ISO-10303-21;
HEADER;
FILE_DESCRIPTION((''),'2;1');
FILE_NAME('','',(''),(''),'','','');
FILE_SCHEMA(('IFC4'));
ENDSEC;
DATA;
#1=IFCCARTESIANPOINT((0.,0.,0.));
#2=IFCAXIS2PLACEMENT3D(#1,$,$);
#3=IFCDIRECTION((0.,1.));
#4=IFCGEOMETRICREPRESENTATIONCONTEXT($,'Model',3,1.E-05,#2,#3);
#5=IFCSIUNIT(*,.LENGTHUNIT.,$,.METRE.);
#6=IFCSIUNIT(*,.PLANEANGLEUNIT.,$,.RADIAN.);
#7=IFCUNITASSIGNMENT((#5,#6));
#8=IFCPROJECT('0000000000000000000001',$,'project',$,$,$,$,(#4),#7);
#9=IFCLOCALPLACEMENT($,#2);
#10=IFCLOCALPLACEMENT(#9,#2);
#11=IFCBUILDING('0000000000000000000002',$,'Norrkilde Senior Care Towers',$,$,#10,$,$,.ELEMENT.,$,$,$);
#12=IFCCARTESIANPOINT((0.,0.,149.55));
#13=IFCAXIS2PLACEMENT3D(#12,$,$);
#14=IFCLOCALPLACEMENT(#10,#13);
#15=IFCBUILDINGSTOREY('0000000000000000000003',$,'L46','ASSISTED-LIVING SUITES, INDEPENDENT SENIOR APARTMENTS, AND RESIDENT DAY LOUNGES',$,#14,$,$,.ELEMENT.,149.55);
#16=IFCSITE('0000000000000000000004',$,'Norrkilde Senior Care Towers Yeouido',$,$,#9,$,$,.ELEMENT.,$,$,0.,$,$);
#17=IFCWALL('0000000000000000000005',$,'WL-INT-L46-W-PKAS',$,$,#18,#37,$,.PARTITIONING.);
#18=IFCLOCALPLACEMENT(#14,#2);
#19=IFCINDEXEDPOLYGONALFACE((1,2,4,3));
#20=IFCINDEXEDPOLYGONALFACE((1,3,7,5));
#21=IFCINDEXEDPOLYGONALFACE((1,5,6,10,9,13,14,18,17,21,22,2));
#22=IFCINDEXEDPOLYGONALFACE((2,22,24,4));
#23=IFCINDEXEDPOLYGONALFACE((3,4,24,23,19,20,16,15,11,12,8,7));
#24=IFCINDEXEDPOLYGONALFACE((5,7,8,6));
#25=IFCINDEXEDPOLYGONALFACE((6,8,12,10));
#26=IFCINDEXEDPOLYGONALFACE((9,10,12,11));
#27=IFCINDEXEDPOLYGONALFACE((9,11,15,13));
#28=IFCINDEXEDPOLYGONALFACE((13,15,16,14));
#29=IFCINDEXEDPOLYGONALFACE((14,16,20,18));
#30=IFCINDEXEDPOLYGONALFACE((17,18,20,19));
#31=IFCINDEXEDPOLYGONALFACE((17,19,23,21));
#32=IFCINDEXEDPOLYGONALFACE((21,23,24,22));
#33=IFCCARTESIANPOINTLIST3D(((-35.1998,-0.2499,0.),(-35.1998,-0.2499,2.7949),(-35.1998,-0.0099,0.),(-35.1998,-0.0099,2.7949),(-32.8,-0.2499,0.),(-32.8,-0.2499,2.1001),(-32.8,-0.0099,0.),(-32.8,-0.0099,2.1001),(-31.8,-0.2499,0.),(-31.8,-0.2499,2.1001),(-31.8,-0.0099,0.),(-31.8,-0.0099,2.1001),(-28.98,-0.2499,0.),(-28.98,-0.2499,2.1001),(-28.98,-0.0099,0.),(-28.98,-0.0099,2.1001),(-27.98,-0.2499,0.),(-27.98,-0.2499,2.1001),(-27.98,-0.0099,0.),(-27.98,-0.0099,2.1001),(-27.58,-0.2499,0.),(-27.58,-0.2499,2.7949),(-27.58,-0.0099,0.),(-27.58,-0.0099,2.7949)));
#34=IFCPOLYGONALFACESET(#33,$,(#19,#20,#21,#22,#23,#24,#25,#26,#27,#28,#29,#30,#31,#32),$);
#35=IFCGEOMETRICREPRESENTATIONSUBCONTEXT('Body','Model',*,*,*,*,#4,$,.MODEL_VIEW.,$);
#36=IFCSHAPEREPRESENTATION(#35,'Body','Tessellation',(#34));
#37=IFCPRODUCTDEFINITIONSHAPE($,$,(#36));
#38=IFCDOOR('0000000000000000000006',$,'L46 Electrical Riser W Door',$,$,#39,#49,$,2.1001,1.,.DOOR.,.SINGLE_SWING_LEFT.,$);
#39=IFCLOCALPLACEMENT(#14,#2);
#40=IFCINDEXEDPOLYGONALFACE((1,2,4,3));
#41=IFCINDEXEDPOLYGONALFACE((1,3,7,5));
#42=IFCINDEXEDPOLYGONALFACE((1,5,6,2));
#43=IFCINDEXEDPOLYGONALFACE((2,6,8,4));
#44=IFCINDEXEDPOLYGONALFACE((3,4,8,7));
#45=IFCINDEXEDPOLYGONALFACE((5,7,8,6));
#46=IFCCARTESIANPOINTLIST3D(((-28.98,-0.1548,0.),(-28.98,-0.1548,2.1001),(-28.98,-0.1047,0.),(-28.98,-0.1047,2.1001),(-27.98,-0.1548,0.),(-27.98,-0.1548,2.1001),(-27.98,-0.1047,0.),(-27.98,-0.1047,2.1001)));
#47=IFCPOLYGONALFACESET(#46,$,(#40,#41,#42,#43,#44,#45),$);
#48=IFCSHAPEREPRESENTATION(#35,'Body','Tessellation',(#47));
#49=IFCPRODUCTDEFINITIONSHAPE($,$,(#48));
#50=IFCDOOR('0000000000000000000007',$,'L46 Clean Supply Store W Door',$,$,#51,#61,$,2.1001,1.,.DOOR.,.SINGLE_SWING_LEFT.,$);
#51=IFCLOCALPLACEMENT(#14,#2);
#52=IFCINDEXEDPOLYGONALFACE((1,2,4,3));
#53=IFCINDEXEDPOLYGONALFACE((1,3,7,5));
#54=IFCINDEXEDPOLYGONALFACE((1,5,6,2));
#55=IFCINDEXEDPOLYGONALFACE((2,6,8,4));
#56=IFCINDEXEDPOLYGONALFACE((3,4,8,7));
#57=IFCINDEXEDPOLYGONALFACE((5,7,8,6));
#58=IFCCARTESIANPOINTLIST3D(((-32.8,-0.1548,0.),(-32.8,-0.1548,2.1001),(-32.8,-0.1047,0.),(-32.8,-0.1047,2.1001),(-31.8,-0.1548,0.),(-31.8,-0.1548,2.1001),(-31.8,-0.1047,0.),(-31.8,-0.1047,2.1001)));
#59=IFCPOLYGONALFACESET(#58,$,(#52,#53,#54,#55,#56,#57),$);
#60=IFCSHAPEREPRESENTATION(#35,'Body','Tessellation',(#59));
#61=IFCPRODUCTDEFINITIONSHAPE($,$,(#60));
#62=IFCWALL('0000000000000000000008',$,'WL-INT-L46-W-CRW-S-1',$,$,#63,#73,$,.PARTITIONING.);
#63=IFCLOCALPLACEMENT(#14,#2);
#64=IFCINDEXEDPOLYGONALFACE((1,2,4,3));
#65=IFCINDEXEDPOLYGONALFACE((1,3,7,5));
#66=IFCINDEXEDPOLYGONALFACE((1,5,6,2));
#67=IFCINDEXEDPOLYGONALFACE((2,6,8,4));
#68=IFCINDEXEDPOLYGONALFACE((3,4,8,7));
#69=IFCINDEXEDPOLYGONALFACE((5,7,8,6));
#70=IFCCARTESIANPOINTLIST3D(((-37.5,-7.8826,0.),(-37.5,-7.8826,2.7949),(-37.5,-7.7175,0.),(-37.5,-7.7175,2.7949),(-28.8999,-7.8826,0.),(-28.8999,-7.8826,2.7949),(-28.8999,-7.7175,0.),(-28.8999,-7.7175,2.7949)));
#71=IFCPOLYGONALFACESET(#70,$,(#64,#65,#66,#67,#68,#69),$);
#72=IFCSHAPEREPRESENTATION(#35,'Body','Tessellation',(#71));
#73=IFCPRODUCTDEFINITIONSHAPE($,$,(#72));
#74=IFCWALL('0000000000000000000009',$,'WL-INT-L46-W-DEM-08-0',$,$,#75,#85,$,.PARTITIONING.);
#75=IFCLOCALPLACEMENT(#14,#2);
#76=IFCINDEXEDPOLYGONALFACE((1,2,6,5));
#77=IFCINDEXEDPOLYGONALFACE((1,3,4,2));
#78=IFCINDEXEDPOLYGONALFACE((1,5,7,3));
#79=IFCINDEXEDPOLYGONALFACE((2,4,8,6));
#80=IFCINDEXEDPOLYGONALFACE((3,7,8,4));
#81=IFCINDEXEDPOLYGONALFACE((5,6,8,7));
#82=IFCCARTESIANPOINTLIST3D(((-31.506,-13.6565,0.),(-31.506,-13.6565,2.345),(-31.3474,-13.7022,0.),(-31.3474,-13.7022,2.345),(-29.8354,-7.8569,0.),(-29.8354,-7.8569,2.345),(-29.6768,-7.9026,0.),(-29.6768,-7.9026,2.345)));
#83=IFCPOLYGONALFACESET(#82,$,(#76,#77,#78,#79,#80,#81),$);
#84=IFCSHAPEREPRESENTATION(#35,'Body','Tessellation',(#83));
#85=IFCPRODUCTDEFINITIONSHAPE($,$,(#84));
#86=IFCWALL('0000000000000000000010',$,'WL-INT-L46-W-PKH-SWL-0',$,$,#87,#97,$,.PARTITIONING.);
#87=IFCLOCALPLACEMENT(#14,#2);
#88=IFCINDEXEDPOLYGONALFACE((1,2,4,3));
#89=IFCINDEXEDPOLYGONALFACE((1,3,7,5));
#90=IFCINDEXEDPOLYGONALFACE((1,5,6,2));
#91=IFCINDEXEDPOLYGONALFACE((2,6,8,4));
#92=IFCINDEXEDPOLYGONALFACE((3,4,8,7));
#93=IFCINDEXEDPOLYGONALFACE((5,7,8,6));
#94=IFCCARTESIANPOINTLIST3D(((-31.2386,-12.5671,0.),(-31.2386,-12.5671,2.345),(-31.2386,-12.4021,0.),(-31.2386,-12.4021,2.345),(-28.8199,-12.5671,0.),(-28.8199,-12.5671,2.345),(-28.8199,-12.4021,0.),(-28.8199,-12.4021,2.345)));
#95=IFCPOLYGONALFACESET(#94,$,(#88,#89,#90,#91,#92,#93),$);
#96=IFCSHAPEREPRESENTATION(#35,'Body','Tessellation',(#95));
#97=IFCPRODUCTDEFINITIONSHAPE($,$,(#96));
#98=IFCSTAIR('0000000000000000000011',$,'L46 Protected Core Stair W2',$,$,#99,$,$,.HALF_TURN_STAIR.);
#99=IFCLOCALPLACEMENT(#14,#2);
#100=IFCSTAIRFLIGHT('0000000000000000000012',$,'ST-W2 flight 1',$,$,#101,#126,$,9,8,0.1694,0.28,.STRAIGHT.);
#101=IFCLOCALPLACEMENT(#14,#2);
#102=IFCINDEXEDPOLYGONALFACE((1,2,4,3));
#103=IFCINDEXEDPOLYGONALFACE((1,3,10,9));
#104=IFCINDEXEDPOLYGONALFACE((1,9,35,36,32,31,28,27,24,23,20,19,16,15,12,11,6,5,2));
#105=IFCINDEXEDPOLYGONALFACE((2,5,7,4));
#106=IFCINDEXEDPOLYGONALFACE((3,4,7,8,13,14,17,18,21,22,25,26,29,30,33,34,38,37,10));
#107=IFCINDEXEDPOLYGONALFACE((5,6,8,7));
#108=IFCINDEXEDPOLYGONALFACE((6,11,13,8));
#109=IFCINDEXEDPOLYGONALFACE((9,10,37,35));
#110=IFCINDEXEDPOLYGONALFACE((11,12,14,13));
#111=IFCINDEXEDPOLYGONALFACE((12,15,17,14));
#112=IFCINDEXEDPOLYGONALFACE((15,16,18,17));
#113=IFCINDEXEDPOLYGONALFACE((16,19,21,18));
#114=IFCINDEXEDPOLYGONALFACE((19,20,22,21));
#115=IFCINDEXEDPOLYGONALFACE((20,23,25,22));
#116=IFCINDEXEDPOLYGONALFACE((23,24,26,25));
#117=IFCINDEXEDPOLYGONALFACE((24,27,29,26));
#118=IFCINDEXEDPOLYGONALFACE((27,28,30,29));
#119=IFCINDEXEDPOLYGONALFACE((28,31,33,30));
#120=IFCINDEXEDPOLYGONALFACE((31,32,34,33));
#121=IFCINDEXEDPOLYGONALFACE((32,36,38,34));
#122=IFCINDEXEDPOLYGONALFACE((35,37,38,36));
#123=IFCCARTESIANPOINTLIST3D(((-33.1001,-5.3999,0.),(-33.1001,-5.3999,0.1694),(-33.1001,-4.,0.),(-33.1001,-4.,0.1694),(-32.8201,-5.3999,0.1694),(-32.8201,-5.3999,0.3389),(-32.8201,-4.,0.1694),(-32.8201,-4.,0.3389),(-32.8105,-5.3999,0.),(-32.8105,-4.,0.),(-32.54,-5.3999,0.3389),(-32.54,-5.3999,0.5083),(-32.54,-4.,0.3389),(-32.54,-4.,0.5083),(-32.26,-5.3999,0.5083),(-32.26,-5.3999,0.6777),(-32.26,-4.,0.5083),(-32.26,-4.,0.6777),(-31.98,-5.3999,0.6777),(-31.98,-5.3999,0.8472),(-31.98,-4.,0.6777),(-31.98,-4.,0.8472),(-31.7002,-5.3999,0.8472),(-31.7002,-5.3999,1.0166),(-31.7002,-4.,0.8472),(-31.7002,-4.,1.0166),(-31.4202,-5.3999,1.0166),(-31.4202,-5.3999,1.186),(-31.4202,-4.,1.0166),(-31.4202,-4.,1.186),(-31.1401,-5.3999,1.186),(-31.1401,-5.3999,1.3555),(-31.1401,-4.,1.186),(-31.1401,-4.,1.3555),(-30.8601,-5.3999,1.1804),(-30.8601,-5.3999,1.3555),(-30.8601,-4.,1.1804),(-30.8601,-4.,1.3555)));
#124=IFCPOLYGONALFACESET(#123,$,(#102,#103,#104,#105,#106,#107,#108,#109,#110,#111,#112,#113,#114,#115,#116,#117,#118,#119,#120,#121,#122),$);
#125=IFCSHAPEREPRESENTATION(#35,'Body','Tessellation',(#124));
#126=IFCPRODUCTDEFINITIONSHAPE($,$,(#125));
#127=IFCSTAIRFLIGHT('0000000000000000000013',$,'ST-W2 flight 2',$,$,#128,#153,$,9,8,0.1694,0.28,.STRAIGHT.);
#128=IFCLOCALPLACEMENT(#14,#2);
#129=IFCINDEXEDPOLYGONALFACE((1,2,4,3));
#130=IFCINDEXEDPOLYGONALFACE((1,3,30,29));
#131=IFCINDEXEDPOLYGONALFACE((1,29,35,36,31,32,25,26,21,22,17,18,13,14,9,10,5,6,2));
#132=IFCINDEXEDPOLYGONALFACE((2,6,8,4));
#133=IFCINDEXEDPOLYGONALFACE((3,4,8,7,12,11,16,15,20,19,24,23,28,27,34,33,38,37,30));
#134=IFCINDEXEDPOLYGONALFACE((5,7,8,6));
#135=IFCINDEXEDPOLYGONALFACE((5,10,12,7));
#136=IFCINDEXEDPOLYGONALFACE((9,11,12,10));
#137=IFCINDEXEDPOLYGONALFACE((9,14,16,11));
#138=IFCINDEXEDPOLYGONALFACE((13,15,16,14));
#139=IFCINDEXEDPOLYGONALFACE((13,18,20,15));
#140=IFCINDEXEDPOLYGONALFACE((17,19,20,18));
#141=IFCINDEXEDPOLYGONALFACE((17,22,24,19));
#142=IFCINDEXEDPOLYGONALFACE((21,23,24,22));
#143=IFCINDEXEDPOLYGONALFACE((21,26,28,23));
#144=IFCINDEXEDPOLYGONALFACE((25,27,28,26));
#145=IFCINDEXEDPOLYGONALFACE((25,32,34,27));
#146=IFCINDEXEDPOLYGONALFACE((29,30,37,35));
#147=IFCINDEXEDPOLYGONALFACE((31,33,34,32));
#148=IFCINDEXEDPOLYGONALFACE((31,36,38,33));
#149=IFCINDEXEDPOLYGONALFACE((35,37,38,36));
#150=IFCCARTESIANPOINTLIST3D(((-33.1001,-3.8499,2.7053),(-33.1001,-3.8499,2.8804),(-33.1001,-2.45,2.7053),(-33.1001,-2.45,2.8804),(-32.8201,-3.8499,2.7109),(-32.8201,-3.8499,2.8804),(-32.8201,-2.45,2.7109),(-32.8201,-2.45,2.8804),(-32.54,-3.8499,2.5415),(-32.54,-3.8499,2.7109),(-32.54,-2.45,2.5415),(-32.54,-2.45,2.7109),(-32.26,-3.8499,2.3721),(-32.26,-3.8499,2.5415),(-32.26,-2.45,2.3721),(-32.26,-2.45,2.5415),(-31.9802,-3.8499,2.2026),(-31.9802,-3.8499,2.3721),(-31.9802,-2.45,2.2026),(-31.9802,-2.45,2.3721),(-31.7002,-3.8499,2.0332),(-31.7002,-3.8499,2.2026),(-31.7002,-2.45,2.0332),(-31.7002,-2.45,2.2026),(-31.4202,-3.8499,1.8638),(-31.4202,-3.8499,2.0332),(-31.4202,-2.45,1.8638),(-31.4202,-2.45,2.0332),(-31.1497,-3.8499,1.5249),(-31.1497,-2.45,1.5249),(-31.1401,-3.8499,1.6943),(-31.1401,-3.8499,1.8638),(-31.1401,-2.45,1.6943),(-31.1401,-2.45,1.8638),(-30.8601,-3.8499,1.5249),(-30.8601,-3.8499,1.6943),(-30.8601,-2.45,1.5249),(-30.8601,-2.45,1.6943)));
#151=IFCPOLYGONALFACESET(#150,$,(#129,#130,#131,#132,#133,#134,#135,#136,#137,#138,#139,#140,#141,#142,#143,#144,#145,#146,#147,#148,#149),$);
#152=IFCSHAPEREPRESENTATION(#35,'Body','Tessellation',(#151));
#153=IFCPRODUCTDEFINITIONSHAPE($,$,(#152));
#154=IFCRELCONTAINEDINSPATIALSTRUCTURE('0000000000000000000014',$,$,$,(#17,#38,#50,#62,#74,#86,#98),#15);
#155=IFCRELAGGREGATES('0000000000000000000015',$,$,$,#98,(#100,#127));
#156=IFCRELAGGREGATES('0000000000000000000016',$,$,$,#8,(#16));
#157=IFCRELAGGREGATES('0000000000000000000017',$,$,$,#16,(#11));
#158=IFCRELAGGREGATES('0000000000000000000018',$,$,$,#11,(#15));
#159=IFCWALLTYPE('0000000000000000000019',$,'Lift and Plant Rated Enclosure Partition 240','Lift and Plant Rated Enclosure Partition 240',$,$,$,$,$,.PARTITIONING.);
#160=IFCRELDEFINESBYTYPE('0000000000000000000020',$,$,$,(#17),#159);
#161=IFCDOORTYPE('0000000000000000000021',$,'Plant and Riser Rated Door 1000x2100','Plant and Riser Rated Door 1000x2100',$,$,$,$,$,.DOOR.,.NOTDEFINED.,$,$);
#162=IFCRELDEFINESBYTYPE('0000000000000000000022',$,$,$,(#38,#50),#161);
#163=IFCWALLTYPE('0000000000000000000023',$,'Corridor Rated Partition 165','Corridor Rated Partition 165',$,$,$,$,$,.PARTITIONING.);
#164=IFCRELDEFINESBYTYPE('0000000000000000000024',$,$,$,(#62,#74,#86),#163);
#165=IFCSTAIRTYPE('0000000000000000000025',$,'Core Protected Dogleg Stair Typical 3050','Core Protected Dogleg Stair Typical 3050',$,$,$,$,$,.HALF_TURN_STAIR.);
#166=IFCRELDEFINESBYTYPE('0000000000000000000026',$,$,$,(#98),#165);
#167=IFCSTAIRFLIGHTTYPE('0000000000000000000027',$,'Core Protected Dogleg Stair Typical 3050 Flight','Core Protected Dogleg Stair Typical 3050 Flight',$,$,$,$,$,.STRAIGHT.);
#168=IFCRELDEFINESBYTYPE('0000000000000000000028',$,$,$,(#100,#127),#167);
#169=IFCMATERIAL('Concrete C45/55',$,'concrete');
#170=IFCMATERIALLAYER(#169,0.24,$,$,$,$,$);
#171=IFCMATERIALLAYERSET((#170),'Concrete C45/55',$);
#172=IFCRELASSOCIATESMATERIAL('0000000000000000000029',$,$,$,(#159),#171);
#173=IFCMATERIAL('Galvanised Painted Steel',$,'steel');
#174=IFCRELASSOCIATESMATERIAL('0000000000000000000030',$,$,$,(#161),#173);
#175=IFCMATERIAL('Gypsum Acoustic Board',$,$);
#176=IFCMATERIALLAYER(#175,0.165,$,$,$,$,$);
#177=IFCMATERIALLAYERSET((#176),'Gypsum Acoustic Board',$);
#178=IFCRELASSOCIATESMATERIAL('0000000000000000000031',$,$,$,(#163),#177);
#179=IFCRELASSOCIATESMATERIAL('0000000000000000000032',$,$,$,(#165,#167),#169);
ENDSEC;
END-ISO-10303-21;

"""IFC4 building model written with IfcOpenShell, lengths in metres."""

from ifc_helpers import new_model, si_unit, direction, frame, frame_2d, origin, place, context, subcontext, project, spatial, polyline, rectangle, outline, extrude, source, transform, mapped, material, layer, layer_set, type_object, type_shapes, element, fill, aggregate, save


model = new_model("IFC4")

# Units and contexts
model_context = context("Model", 3, precision=1e-05, world=origin(), true_north=direction((0.0, 1.0)))
body_context = subcontext(model_context, "Body", "Model", "MODEL_VIEW")
ifc_project = project(units=[si_unit("LENGTHUNIT", "METRE"), si_unit("PLANEANGLEUNIT", "RADIAN")], contexts=[model_context])

# Site, building, storey
site_placement = place(None, origin())
site = spatial("IfcSite", under=ifc_project, at=site_placement, Name="Norrkilde Senior Care Towers Yeouido", CompositionType="ELEMENT", RefElevation=0.0)
building_placement = place(site_placement, origin())
building = spatial("IfcBuilding", under=site, at=building_placement, Name="Norrkilde Senior Care Towers", CompositionType="ELEMENT")
storey_placement = place(building_placement, frame((0.0, 0.0, 149.55)))
storey = spatial("IfcBuildingStorey", under=building, at=storey_placement, Name="L46", Description="ASSISTED-LIVING SUITES, INDEPENDENT SENIOR APARTMENTS, AND RESIDENT DAY LOUNGES", CompositionType="ELEMENT", Elevation=149.55)

# Shared definitions
ifc_material_1 = material(Name="Concrete C45/55", Category="concrete")

# Wall, openings, doors
ifc_layer_1 = layer(ifc_material_1, 0.24)
ifc_layer_set_1 = layer_set([ifc_layer_1], Name="Concrete C45/55")
wall_type_1 = type_object("IfcWallType", Name="Lift and Plant Rated Enclosure Partition 240", Description="Lift and Plant Rated Enclosure Partition 240", PredefinedType="PARTITIONING", material=ifc_layer_set_1)
shared_shape_1 = source(origin(), body_context, "Body", "SweptSolid", [
    extrude(rectangle(XDim=7.6199, YDim=0.24, at=frame_2d((3.8101, 0.0))), origin(), (0.0, 0.0, 1.0), 2.7949),
])
type_shapes(wall_type_1, [shared_shape_1])
wall_1_placement = place(storey_placement, frame((-35.2, -0.1299, 0.0), z_axis=(0.0, 0.0, 1.0), x_axis=(1.0, 0.0, 0.0)))
wall_1 = element("IfcWall", 1, at=wall_1_placement, inside=storey, type_object=wall_type_1, Name="WL-INT-L46-W-PKAS", PredefinedType="PARTITIONING", context=body_context, shape_type="MappedRepresentation", body=[
    mapped(shared_shape_1, transform((0.0, 0.0, 0.0), x_axis=(1.0, 0.0, 0.0), y_axis=(0.0, 1.0, 0.0), z_axis=(0.0, 0.0, 1.0), scale=1.0)),
])
opening_1_placement = place(wall_1_placement, frame((6.22, 0.0, 0.0)))
opening_1 = element("IfcOpeningElement", 2, at=opening_1_placement, cuts=wall_1, PredefinedType="OPENING", context=body_context, shape_type="SweptSolid", body=[
    extrude(rectangle(XDim=1.0, YDim=2.1001, at=frame_2d((0.5, 1.05))), frame((0.0, 0.1299, 0.0), z_axis=(0.0, -1.0, 0.0), x_axis=(1.0, 0.0, 0.0)), (0.0, 0.0, 1.0), 0.26),
])
opening_2_placement = place(wall_1_placement, frame((2.3999, 0.0, 0.0)))
opening_2 = element("IfcOpeningElement", 3, at=opening_2_placement, cuts=wall_1, PredefinedType="OPENING", context=body_context, shape_type="SweptSolid", body=[
    extrude(rectangle(XDim=1.0, YDim=2.1001, at=frame_2d((0.5, 1.05))), frame((0.0, 0.1299, 0.0), z_axis=(0.0, -1.0, 0.0), x_axis=(1.0, 0.0, 0.0)), (0.0, 0.0, 1.0), 0.26),
])
ifc_material_2 = material(Name="Galvanised Painted Steel", Category="steel")
door_type_1 = type_object("IfcDoorType", Name="Plant and Riser Rated Door 1000x2100", Description="Plant and Riser Rated Door 1000x2100", OperationType="NOTDEFINED", PredefinedType="DOOR", material=ifc_material_2)
shared_shape_2 = source(origin(), body_context, "Body", "SweptSolid", [
    extrude(rectangle(XDim=1.0, YDim=2.1001, at=frame_2d((0.5, 1.05))), frame((0.0, 0.0249, 0.0), z_axis=(0.0, -1.0, 0.0), x_axis=(1.0, 0.0, 0.0)), (0.0, 0.0, 1.0), 0.05),
])
type_shapes(door_type_1, [shared_shape_2])
door_1_placement = place(opening_1_placement, frame((1.0, 0.0, 0.0), z_axis=(0.0, 0.0, 1.0), x_axis=(-1.0, 0.0, 0.0)))
door_1 = element("IfcDoor", 4, at=door_1_placement, inside=storey, type_object=door_type_1, Name="L46 Electrical Riser W Door", OperationType="SINGLE_SWING_LEFT", OverallHeight=2.1001, OverallWidth=1.0, PredefinedType="DOOR", context=body_context, shape_type="MappedRepresentation", body=[
    mapped(shared_shape_2, transform((0.0, 0.0, 0.0), x_axis=(1.0, 0.0, 0.0), y_axis=(0.0, 1.0, 0.0), z_axis=(0.0, 0.0, 1.0), scale=1.0)),
])
fill(opening_1, door_1)
door_2_placement = place(opening_2_placement, frame((1.0, 0.0, 0.0), z_axis=(0.0, 0.0, 1.0), x_axis=(-1.0, 0.0, 0.0)))
door_2 = element("IfcDoor", 5, at=door_2_placement, inside=storey, type_object=door_type_1, Name="L46 Clean Supply Store W Door", OperationType="SINGLE_SWING_LEFT", OverallHeight=2.1001, OverallWidth=1.0, PredefinedType="DOOR", context=body_context, shape_type="MappedRepresentation", body=[
    mapped(shared_shape_2, transform((0.0, 0.0, 0.0), x_axis=(1.0, 0.0, 0.0), y_axis=(0.0, 1.0, 0.0), z_axis=(0.0, 0.0, 1.0), scale=1.0)),
])
fill(opening_2, door_2)

# Walls
ifc_material_3 = material(Name="Gypsum Acoustic Board")
ifc_layer_2 = layer(ifc_material_3, 0.165)
ifc_layer_set_2 = layer_set([ifc_layer_2], Name="Gypsum Acoustic Board")
wall_type_2 = type_object("IfcWallType", Name="Corridor Rated Partition 165", Description="Corridor Rated Partition 165", PredefinedType="PARTITIONING", material=ifc_layer_set_2)
shared_shape_3 = source(origin(), body_context, "Body", "SweptSolid", [
    extrude(rectangle(XDim=8.6001, YDim=0.165, at=frame_2d((4.3, 0.0))), origin(), (0.0, 0.0, 1.0), 2.7949),
])
wall_2_placement = place(storey_placement, frame((-28.8999, -7.8, 0.0), z_axis=(0.0, 0.0, 1.0), x_axis=(-1.0, 0.0, 0.0)))
element("IfcWall", 6, at=wall_2_placement, inside=storey, type_object=wall_type_2, Name="WL-INT-L46-W-CRW-S-1", PredefinedType="PARTITIONING", context=body_context, shape_type="MappedRepresentation", body=[
    mapped(shared_shape_3, transform((0.0, 0.0, 0.0), x_axis=(1.0, 0.0, 0.0), y_axis=(0.0, 1.0, 0.0), z_axis=(0.0, 0.0, 1.0), scale=1.0)),
])
shared_shape_4 = source(origin(), body_context, "Body", "SweptSolid", [
    extrude(rectangle(XDim=6.0354, YDim=0.165, at=frame_2d((3.0176, 0.0))), origin(), (0.0, 0.0, 1.0), 2.345),
])
wall_3_placement = place(storey_placement, frame((-29.7561, -7.8799, 0.0), z_axis=(0.0, 0.0, 1.0), x_axis=(-0.276809, -0.960925, 0.0)))
element("IfcWall", 7, at=wall_3_placement, inside=storey, type_object=wall_type_2, Name="WL-INT-L46-W-DEM-08-0", PredefinedType="PARTITIONING", context=body_context, shape_type="MappedRepresentation", body=[
    mapped(shared_shape_4, transform((0.0, 0.0, 0.0), x_axis=(1.0, 0.0, 0.0), y_axis=(0.0, 1.0, 0.0), z_axis=(0.0, 0.0, 1.0), scale=1.0)),
])

# Wall
shared_shape_5 = source(origin(), body_context, "Body", "SweptSolid", [
    extrude(rectangle(XDim=2.4187, YDim=0.165, at=frame_2d((1.2095, 0.0))), origin(), (0.0, 0.0, 1.0), 2.345),
])
wall_4_placement = place(storey_placement, frame((-31.2388, -12.4846, 0.0), z_axis=(0.0, 0.0, 1.0), x_axis=(1.0, 0.0, 0.0)))
element("IfcWall", 8, at=wall_4_placement, inside=storey, type_object=wall_type_2, Name="WL-INT-L46-W-PKH-SWL-0", PredefinedType="PARTITIONING", context=body_context, shape_type="MappedRepresentation", body=[
    mapped(shared_shape_5, transform((0.0, 0.0, 0.0), x_axis=(1.0, 0.0, 0.0), y_axis=(0.0, 1.0, 0.0), z_axis=(0.0, 0.0, 1.0), scale=1.0)),
])

# Stair, stair flights
stair_type = type_object("IfcStairType", Name="Core Protected Dogleg Stair Typical 3050", Description="Core Protected Dogleg Stair Typical 3050", PredefinedType="HALF_TURN_STAIR", material=ifc_material_1)
stair_placement = place(storey_placement, origin())
stair = element("IfcStair", 9, at=stair_placement, inside=storey, type_object=stair_type, Name="L46 Protected Core Stair W2", PredefinedType="HALF_TURN_STAIR")
stair_flight_type = type_object("IfcStairFlightType", Name="Core Protected Dogleg Stair Typical 3050 Flight", Description="Core Protected Dogleg Stair Typical 3050 Flight", PredefinedType="STRAIGHT", material=ifc_material_1)
stair_flight_1_placement = place(storey_placement, frame((-33.1001, -4.7, 0.0), z_axis=(0.0, 0.0, 1.0), x_axis=(1.0, 0.0, 0.0)))
stair_flight_1 = element("IfcStairFlight", 10, at=stair_flight_1_placement, type_object=stair_flight_type, Name="ST-W2 flight 1", NumberOfRisers=9, NumberOfTreads=8, PredefinedType="STRAIGHT", RiserHeight=0.1694, TreadLength=0.28, context=body_context, shape_type="SweptSolid", body=[
    extrude(outline(polyline([(0.0, 0.0), (0.0, 0.1694), (0.28, 0.1694), (0.28, 0.3389), (0.5601, 0.3389), (0.5601, 0.5083), (0.8401, 0.5083), (0.8401, 0.6777), (1.1201, 0.6777), (1.1201, 0.8472), (1.3999, 0.8472), (1.3999, 1.0166), (1.6799, 1.0166), (1.6799, 1.186), (1.96, 1.186), (1.96, 1.3555), (2.24, 1.3555), (2.24, 1.5249), (2.24, 1.1804), (0.2896, 0.0), (0.0, 0.0)])), frame((0.0, 0.7, 0.0), z_axis=(0.0, -1.0, 0.0), x_axis=(1.0, 0.0, 0.0)), (0.0, 0.0, 1.0), 1.3999),
])
stair_flight_2_placement = place(storey_placement, frame((-30.8601, -3.1499, 1.5249), z_axis=(0.0, 0.0, 1.0), x_axis=(-1.0, 0.0, 0.0)))
stair_flight_2 = element("IfcStairFlight", 11, at=stair_flight_2_placement, type_object=stair_flight_type, Name="ST-W2 flight 2", NumberOfRisers=9, NumberOfTreads=8, PredefinedType="STRAIGHT", RiserHeight=0.1694, TreadLength=0.28, context=body_context, shape_type="SweptSolid", body=[
    extrude(outline(polyline([(0.0, 0.0), (0.0, 0.1694), (0.28, 0.1694), (0.28, 0.3389), (0.5601, 0.3389), (0.5601, 0.5083), (0.8401, 0.5083), (0.8401, 0.6777), (1.1201, 0.6777), (1.1201, 0.8472), (1.3999, 0.8472), (1.3999, 1.0166), (1.6799, 1.0166), (1.6799, 1.186), (1.96, 1.186), (1.96, 1.3555), (2.24, 1.3555), (2.24, 1.5249), (2.24, 1.1804), (0.2896, 0.0), (0.0, 0.0)])), frame((0.0, 0.7, 0.0), z_axis=(0.0, -1.0, 0.0), x_axis=(1.0, 0.0, 0.0)), (0.0, 0.0, 1.0), 1.3999),
])
aggregate(stair, [stair_flight_1, stair_flight_2])

save(model, "model.ifc")
